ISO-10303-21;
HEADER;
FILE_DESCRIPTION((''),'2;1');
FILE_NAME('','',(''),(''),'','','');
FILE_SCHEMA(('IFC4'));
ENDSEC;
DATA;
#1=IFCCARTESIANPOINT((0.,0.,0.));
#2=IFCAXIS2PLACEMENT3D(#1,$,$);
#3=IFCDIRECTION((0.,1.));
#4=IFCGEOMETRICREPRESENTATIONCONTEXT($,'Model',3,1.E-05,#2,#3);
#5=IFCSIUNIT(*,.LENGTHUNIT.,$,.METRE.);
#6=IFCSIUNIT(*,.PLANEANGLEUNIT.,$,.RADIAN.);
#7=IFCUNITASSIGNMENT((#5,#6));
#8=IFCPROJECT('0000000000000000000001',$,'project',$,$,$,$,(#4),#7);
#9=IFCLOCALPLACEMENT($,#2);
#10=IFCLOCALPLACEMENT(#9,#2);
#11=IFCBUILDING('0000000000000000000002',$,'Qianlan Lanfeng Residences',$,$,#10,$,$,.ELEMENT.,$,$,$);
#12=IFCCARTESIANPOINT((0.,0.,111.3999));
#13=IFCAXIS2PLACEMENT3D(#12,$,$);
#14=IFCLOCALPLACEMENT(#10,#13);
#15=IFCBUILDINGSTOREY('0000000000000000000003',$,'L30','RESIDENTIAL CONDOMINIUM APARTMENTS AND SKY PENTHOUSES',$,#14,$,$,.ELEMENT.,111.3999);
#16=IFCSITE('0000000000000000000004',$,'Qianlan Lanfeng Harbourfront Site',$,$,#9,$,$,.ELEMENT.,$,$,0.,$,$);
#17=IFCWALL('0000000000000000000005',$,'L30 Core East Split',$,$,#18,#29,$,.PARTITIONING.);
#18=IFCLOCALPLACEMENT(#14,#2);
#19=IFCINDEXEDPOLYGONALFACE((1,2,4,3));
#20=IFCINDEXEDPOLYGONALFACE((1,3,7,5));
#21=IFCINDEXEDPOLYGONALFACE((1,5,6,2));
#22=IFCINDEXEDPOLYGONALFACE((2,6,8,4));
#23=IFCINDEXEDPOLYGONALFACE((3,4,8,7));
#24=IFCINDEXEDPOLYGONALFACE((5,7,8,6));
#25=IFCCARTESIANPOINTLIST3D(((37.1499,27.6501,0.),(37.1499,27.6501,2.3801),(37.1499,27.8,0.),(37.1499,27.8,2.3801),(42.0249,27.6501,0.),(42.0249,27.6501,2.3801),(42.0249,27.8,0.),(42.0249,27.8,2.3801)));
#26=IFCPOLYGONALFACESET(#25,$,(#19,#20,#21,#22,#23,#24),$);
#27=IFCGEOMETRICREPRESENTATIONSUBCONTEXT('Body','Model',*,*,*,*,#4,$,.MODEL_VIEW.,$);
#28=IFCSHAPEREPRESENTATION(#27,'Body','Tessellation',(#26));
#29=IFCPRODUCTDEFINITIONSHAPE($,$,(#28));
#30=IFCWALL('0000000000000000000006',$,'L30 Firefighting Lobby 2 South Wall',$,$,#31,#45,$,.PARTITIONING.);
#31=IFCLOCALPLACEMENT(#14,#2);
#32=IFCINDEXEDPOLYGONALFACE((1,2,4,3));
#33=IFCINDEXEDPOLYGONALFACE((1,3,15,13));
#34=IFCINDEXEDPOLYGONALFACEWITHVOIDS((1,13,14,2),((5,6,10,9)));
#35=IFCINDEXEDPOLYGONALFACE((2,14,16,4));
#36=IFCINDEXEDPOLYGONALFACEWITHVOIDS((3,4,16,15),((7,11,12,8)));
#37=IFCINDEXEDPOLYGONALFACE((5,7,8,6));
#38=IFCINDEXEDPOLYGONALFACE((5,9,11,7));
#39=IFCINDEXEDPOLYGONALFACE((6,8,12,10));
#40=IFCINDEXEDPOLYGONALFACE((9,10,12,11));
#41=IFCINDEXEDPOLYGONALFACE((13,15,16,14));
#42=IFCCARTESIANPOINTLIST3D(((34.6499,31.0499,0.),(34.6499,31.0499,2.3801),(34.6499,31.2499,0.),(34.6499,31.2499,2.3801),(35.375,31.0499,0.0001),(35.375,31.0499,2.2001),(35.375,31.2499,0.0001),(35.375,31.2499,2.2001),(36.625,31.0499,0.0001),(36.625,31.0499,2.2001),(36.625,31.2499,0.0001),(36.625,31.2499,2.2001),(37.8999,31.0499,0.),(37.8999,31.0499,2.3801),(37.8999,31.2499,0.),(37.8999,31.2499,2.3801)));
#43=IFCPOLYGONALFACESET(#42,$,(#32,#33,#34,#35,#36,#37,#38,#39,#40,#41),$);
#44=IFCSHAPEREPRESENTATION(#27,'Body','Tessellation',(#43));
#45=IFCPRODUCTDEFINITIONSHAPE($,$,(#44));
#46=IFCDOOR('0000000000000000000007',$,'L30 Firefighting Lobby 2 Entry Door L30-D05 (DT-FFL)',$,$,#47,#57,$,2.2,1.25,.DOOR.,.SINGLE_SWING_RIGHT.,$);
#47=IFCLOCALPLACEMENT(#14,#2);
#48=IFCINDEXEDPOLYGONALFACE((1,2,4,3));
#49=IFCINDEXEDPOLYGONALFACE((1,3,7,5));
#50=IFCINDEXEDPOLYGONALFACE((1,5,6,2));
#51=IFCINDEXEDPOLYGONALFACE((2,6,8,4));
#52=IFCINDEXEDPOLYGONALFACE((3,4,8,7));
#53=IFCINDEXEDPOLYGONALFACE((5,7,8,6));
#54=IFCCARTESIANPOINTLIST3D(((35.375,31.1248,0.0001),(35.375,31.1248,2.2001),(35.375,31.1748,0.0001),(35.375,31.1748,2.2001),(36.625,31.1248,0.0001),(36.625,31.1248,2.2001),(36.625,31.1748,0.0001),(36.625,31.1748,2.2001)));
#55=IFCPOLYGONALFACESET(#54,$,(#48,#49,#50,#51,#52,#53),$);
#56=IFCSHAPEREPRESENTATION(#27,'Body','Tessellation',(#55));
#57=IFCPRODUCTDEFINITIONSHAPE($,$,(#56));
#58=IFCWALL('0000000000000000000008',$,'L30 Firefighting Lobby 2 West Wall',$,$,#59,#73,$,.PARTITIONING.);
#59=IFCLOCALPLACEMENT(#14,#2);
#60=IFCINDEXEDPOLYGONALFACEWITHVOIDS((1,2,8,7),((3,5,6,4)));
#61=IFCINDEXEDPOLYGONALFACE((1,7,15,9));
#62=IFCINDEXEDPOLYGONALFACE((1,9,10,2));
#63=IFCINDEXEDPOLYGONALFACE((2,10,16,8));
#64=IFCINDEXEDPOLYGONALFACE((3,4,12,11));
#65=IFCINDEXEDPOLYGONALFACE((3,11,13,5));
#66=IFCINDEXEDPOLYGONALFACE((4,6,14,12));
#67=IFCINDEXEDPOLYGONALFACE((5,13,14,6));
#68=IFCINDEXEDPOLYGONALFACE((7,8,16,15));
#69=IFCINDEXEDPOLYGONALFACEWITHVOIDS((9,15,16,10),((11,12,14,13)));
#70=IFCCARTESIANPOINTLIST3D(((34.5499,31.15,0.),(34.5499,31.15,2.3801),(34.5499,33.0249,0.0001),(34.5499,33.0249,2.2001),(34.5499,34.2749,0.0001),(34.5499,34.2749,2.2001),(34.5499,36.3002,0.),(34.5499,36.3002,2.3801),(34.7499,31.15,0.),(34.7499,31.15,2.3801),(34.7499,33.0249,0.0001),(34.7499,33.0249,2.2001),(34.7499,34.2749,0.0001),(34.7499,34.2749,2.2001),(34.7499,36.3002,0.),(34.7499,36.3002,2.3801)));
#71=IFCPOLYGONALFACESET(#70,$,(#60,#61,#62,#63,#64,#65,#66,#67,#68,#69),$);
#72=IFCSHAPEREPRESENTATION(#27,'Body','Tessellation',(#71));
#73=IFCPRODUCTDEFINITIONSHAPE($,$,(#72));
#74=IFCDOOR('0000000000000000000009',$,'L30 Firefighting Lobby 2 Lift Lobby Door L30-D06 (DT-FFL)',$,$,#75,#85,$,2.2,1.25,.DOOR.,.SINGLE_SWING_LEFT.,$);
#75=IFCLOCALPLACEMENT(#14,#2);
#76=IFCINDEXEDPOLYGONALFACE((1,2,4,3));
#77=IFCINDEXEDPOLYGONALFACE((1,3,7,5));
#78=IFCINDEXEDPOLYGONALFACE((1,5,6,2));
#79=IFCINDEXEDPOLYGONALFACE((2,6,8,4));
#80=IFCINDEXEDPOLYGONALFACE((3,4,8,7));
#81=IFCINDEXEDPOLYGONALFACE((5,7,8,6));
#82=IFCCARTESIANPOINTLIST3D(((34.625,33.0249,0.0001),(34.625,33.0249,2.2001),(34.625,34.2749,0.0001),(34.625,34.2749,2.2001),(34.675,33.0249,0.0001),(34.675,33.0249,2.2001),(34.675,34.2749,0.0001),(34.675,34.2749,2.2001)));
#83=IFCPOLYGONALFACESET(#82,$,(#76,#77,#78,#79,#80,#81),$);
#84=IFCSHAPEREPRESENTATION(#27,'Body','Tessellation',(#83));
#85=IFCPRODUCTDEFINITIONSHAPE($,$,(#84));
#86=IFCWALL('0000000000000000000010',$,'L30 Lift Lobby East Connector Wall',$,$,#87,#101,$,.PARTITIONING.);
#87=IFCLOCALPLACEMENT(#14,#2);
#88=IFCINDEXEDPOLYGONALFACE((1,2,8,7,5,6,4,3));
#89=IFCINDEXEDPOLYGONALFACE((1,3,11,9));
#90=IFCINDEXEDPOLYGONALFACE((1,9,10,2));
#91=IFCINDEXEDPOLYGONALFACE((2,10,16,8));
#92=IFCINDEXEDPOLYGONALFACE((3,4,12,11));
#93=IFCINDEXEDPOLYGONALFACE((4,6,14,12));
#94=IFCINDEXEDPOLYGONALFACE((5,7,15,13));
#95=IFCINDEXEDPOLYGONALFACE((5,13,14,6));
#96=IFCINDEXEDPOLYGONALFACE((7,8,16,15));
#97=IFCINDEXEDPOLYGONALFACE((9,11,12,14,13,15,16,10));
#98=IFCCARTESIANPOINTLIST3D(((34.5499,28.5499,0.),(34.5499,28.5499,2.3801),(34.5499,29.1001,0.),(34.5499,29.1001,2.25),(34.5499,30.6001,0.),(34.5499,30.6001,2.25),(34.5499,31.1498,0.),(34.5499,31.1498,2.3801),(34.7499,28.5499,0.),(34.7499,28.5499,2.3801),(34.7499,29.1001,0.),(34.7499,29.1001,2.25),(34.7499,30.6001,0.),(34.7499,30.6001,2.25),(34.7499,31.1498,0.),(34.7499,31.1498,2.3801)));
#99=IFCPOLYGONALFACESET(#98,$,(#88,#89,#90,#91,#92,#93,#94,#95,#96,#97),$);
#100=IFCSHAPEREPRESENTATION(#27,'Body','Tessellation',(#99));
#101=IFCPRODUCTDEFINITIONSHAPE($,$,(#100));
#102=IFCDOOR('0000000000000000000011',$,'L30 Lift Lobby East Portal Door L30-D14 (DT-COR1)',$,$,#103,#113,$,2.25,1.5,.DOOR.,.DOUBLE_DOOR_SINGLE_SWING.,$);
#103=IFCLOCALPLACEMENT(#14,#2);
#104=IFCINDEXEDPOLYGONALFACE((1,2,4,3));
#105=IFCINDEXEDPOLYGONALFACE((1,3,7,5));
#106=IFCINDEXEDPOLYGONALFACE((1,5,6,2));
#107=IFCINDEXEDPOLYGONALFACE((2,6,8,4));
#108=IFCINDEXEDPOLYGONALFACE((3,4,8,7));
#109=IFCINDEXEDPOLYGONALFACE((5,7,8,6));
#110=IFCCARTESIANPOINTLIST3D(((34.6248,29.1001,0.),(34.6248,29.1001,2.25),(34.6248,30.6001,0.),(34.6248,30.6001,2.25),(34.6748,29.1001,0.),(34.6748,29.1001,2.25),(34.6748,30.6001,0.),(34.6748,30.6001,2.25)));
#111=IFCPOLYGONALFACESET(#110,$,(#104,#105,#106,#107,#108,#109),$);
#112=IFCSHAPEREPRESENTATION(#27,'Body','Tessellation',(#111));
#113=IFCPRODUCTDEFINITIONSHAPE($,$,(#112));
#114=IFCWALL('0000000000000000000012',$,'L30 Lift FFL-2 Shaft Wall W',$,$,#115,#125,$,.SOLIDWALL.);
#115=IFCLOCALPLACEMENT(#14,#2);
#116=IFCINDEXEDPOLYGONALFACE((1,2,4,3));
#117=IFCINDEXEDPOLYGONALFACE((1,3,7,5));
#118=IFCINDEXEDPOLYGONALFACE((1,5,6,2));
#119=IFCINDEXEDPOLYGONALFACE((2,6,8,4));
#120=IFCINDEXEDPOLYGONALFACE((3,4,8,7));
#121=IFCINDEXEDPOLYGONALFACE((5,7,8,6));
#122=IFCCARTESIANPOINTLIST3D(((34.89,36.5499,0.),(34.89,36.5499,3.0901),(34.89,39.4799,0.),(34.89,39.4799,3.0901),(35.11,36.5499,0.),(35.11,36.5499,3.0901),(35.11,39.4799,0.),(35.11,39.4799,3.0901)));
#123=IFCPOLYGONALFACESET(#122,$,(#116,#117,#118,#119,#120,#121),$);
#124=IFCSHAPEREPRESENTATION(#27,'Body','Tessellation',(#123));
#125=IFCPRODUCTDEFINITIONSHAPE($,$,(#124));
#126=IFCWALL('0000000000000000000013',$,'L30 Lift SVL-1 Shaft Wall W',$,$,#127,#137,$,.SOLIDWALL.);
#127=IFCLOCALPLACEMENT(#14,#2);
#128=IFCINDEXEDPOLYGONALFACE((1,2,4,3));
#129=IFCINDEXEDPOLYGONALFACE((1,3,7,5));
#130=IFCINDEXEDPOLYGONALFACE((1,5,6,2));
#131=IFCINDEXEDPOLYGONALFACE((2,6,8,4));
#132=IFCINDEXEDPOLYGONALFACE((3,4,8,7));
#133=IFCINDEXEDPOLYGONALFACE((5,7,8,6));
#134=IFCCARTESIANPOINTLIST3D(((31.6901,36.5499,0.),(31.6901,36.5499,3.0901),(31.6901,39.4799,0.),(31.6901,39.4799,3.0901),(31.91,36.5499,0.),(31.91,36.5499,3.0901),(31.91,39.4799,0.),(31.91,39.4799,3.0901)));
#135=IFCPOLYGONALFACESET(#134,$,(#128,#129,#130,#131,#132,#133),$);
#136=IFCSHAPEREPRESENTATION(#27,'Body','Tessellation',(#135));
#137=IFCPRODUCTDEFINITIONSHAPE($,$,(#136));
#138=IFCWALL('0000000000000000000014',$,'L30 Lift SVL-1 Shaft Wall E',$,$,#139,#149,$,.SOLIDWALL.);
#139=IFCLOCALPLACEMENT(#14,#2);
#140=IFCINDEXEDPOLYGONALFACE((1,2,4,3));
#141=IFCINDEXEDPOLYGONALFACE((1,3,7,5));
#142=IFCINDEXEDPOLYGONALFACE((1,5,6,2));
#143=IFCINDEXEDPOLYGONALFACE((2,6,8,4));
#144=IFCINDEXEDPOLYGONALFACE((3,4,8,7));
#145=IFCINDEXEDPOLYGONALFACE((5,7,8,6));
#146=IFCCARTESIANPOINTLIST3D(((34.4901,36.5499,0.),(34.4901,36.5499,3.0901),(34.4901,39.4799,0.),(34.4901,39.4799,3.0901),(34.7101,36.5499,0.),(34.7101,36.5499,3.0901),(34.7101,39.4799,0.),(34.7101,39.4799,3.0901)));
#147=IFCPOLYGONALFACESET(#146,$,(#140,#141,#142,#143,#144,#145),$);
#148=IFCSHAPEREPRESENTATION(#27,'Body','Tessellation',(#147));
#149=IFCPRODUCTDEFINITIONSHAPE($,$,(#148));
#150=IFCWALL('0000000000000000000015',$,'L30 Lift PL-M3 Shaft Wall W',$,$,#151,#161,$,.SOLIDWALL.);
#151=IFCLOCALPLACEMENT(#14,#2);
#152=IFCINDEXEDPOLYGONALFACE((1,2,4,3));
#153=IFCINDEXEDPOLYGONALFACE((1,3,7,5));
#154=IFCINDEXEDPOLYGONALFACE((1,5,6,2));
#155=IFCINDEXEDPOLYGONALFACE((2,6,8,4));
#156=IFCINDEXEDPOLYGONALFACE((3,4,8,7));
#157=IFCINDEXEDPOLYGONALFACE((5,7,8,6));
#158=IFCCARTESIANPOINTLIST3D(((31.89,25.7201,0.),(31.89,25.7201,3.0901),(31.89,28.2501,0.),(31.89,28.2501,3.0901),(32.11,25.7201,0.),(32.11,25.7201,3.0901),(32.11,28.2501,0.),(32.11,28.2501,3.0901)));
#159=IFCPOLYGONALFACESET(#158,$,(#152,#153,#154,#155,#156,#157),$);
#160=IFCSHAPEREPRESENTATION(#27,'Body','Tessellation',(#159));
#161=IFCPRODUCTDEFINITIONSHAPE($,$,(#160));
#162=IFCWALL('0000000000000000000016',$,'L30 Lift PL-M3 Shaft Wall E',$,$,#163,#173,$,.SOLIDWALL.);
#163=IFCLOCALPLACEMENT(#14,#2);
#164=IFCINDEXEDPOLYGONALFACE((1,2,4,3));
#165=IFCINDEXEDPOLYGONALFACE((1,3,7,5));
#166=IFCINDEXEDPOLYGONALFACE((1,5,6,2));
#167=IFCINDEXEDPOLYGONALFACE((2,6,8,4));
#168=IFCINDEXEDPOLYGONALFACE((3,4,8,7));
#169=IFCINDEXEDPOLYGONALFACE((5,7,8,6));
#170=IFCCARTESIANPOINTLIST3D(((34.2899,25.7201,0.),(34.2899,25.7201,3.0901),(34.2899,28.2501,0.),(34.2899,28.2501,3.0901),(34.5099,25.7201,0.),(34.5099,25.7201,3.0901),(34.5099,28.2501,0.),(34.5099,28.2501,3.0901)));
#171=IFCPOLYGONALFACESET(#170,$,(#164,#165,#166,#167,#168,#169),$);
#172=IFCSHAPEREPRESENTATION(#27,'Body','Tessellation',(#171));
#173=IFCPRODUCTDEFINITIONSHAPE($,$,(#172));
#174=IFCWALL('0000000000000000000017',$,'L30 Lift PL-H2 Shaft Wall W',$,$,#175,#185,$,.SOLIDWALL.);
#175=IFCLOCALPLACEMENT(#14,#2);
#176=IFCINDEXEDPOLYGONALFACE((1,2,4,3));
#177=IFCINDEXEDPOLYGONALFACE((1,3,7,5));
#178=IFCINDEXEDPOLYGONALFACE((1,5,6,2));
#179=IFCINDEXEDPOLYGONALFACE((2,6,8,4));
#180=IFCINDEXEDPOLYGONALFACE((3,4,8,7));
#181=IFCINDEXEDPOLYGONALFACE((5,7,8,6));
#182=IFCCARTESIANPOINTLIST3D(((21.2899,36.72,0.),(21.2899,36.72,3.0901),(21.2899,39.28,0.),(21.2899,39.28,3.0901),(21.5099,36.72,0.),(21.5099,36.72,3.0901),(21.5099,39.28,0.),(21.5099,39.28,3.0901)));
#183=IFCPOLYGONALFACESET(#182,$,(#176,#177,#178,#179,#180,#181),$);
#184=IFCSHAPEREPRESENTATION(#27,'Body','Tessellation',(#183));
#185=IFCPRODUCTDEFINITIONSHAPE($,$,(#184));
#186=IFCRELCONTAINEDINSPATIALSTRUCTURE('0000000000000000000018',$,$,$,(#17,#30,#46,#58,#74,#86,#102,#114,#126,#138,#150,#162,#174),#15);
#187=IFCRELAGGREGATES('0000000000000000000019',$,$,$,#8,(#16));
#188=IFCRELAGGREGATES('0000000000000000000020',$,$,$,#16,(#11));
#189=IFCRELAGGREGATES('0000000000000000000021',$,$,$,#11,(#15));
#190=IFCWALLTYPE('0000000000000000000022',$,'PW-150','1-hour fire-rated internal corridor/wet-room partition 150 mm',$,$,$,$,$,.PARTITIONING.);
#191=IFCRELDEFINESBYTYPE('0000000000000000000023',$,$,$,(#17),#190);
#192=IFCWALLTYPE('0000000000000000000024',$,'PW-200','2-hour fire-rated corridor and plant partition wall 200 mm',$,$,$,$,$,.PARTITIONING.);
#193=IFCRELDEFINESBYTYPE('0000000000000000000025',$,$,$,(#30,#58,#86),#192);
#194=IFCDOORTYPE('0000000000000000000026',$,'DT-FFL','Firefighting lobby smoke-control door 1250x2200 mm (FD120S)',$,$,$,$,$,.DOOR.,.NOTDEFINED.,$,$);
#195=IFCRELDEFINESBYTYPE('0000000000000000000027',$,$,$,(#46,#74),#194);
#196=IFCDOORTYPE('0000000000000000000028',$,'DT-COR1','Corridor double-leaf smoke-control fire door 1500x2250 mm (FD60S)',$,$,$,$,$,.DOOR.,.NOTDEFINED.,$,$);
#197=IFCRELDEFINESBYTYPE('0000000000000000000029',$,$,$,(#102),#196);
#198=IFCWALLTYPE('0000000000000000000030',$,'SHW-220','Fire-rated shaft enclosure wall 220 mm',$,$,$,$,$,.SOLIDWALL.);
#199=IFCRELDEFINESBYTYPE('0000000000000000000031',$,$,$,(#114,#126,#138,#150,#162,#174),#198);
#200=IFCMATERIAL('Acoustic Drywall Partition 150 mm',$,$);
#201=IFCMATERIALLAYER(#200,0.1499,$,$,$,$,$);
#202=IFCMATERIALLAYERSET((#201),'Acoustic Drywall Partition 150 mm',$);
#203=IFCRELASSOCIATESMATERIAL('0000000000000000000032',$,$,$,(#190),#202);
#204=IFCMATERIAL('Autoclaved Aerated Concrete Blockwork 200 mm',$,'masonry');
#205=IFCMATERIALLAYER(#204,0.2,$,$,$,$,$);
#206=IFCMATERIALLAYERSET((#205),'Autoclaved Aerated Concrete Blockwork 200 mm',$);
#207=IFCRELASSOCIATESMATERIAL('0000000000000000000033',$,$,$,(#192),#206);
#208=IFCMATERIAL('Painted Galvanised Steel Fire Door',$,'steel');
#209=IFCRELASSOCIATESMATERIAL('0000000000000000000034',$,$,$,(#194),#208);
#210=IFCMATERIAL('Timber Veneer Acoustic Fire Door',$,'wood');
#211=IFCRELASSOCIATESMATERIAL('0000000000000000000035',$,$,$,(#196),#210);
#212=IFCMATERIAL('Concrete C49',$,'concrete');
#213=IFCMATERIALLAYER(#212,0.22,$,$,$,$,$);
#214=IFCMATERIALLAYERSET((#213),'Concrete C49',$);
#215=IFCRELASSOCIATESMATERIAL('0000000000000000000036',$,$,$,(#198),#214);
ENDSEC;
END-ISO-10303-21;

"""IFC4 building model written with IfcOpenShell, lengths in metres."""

from ifc_helpers import new_model, si_unit, direction, frame, frame_2d, origin, place, context, subcontext, project, spatial, rectangle, extrude, material, layer, layer_set, type_object, element, fill, save


model = new_model("IFC4")

# Units and contexts
model_context = context("Model", 3, precision=1e-05, world=origin(), true_north=direction((0.0, 1.0)))
body_context = subcontext(model_context, "Body", "Model", "MODEL_VIEW")
ifc_project = project(units=[si_unit("LENGTHUNIT", "METRE"), si_unit("PLANEANGLEUNIT", "RADIAN")], contexts=[model_context])

# Site, building, storey
site_placement = place(None, origin())
site = spatial("IfcSite", under=ifc_project, at=site_placement, Name="Qianlan Lanfeng Harbourfront Site", CompositionType="ELEMENT", RefElevation=0.0)
building_placement = place(site_placement, origin())
building = spatial("IfcBuilding", under=site, at=building_placement, Name="Qianlan Lanfeng Residences", CompositionType="ELEMENT")
storey_placement = place(building_placement, frame((0.0, 0.0, 111.3999)))
storey = spatial("IfcBuildingStorey", under=building, at=storey_placement, Name="L30", Description="RESIDENTIAL CONDOMINIUM APARTMENTS AND SKY PENTHOUSES", CompositionType="ELEMENT", Elevation=111.3999)

# Wall
ifc_material_1 = material(Name="Acoustic Drywall Partition 150 mm")
ifc_layer_1 = layer(ifc_material_1, 0.1499)
ifc_layer_set_1 = layer_set([ifc_layer_1], Name="Acoustic Drywall Partition 150 mm")
wall_type_1 = type_object("IfcWallType", Name="PW-150", Description="1-hour fire-rated internal corridor/wet-room partition 150 mm", PredefinedType="PARTITIONING", material=ifc_layer_set_1)
wall_1_placement = place(storey_placement, frame((37.1499, 27.7251, 0.0), z_axis=(0.0, 0.0, 1.0), x_axis=(1.0, 0.0, 0.0)))
element("IfcWall", 1, at=wall_1_placement, inside=storey, type_object=wall_type_1, Name="L30 Core East Split", PredefinedType="PARTITIONING", context=body_context, shape_type="SweptSolid", body=[
    extrude(rectangle(XDim=4.875, YDim=0.1499, at=frame_2d((2.4375, 0.0))), origin(), (0.0, 0.0, 1.0), 2.3801),
])

# Walls, openings, doors
ifc_material_2 = material(Name="Autoclaved Aerated Concrete Blockwork 200 mm", Category="masonry")
ifc_layer_2 = layer(ifc_material_2, 0.2)
ifc_layer_set_2 = layer_set([ifc_layer_2], Name="Autoclaved Aerated Concrete Blockwork 200 mm")
wall_type_2 = type_object("IfcWallType", Name="PW-200", Description="2-hour fire-rated corridor and plant partition wall 200 mm", PredefinedType="PARTITIONING", material=ifc_layer_set_2)
wall_2_placement = place(storey_placement, frame((34.6499, 31.1499, 0.0), z_axis=(0.0, 0.0, 1.0), x_axis=(1.0, 0.0, 0.0)))
wall_2 = element("IfcWall", 2, at=wall_2_placement, inside=storey, type_object=wall_type_2, Name="L30 Firefighting Lobby 2 South Wall", PredefinedType="PARTITIONING", context=body_context, shape_type="SweptSolid", body=[
    extrude(rectangle(XDim=3.25, YDim=0.2, at=frame_2d((1.625, 0.0))), origin(), (0.0, 0.0, 1.0), 2.3801),
])
opening_1_placement = place(wall_2_placement, frame((0.7251, 0.0, 0.0)))
opening_1 = element("IfcOpeningElement", 3, at=opening_1_placement, cuts=wall_2, PredefinedType="OPENING", context=body_context, shape_type="SweptSolid", body=[
    extrude(rectangle(XDim=1.25, YDim=2.2, at=frame_2d((0.625, 1.1001))), frame((0.0, 0.1099, 0.0), z_axis=(0.0, -1.0, 0.0), x_axis=(1.0, 0.0, 0.0)), (0.0, 0.0, 1.0), 0.22),
])
ifc_material_3 = material(Name="Painted Galvanised Steel Fire Door", Category="steel")
door_type_1 = type_object("IfcDoorType", Name="DT-FFL", Description="Firefighting lobby smoke-control door 1250x2200 mm (FD120S)", OperationType="NOTDEFINED", PredefinedType="DOOR", material=ifc_material_3)
door_1_placement = place(opening_1_placement, origin())
door_1 = element("IfcDoor", 4, at=door_1_placement, inside=storey, type_object=door_type_1, Name="L30 Firefighting Lobby 2 Entry Door L30-D05 (DT-FFL)", OperationType="SINGLE_SWING_RIGHT", OverallHeight=2.2, OverallWidth=1.25, PredefinedType="DOOR", context=body_context, shape_type="SweptSolid", body=[
    extrude(rectangle(XDim=1.25, YDim=2.2, at=frame_2d((0.625, 1.1001))), frame((0.0, 0.0249, 0.0), z_axis=(0.0, -1.0, 0.0), x_axis=(1.0, 0.0, 0.0)), (0.0, 0.0, 1.0), 0.05),
])
fill(opening_1, door_1)
wall_3_placement = place(storey_placement, frame((34.6499, 31.1499, 0.0), z_axis=(0.0, 0.0, 1.0), x_axis=(0.0, 1.0, 0.0)))
wall_3 = element("IfcWall", 5, at=wall_3_placement, inside=storey, type_object=wall_type_2, Name="L30 Firefighting Lobby 2 West Wall", PredefinedType="PARTITIONING", context=body_context, shape_type="SweptSolid", body=[
    extrude(rectangle(XDim=5.1501, YDim=0.2, at=frame_2d((2.5752, 0.0))), origin(), (0.0, 0.0, 1.0), 2.3801),
])
opening_2_placement = place(wall_3_placement, frame((1.875, 0.0, 0.0)))
opening_2 = element("IfcOpeningElement", 6, at=opening_2_placement, cuts=wall_3, PredefinedType="OPENING", context=body_context, shape_type="SweptSolid", body=[
    extrude(rectangle(XDim=1.25, YDim=2.2, at=frame_2d((0.625, 1.1001))), frame((0.0, 0.1099, 0.0), z_axis=(0.0, -1.0, 0.0), x_axis=(1.0, 0.0, 0.0)), (0.0, 0.0, 1.0), 0.22),
])
door_2_placement = place(opening_2_placement, origin())
door_2 = element("IfcDoor", 7, at=door_2_placement, inside=storey, type_object=door_type_1, Name="L30 Firefighting Lobby 2 Lift Lobby Door L30-D06 (DT-FFL)", OperationType="SINGLE_SWING_LEFT", OverallHeight=2.2, OverallWidth=1.25, PredefinedType="DOOR", context=body_context, shape_type="SweptSolid", body=[
    extrude(rectangle(XDim=1.25, YDim=2.2, at=frame_2d((0.625, 1.1001))), frame((0.0, 0.0249, 0.0), z_axis=(0.0, -1.0, 0.0), x_axis=(1.0, 0.0, 0.0)), (0.0, 0.0, 1.0), 0.05),
])
fill(opening_2, door_2)
wall_4_placement = place(storey_placement, frame((34.6499, 28.55, 0.0), z_axis=(0.0, 0.0, 1.0), x_axis=(0.0, 1.0, 0.0)))
wall_4 = element("IfcWall", 8, at=wall_4_placement, inside=storey, type_object=wall_type_2, Name="L30 Lift Lobby East Connector Wall", PredefinedType="PARTITIONING", context=body_context, shape_type="SweptSolid", body=[
    extrude(rectangle(XDim=2.5999, YDim=0.2, at=frame_2d((1.2998, 0.0))), origin(), (0.0, 0.0, 1.0), 2.3801),
])
opening_3_placement = place(wall_4_placement, frame((0.55, 0.0, 0.0)))
opening_3 = element("IfcOpeningElement", 9, at=opening_3_placement, cuts=wall_4, PredefinedType="OPENING", context=body_context, shape_type="SweptSolid", body=[
    extrude(rectangle(XDim=1.5, YDim=2.25, at=frame_2d((0.75, 1.125))), frame((0.0, 0.1099, 0.0), z_axis=(0.0, -1.0, 0.0), x_axis=(1.0, 0.0, 0.0)), (0.0, 0.0, 1.0), 0.22),
])
ifc_material_4 = material(Name="Timber Veneer Acoustic Fire Door", Category="wood")
door_type_2 = type_object("IfcDoorType", Name="DT-COR1", Description="Corridor double-leaf smoke-control fire door 1500x2250 mm (FD60S)", OperationType="NOTDEFINED", PredefinedType="DOOR", material=ifc_material_4)
door_3_placement = place(opening_3_placement, frame((1.5, 0.0, 0.0), z_axis=(0.0, 0.0, 1.0), x_axis=(-1.0, 0.0, 0.0)))
door_3 = element("IfcDoor", 10, at=door_3_placement, inside=storey, type_object=door_type_2, Name="L30 Lift Lobby East Portal Door L30-D14 (DT-COR1)", OperationType="DOUBLE_DOOR_SINGLE_SWING", OverallHeight=2.25, OverallWidth=1.5, PredefinedType="DOOR", context=body_context, shape_type="SweptSolid", body=[
    extrude(rectangle(XDim=1.5, YDim=2.25, at=frame_2d((0.75, 1.125))), frame((0.0, 0.0249, 0.0), z_axis=(0.0, -1.0, 0.0), x_axis=(1.0, 0.0, 0.0)), (0.0, 0.0, 1.0), 0.05),
])
fill(opening_3, door_3)

# Walls
ifc_material_5 = material(Name="Concrete C49", Category="concrete")
ifc_layer_3 = layer(ifc_material_5, 0.22)
ifc_layer_set_3 = layer_set([ifc_layer_3], Name="Concrete C49")
wall_type_3 = type_object("IfcWallType", Name="SHW-220", Description="Fire-rated shaft enclosure wall 220 mm", PredefinedType="SOLIDWALL", material=ifc_layer_set_3)
for number, where, z_axis, x_axis, name in (
    (11, (35.0, 36.55, 0.0), (0.0, 0.0, 1.0), (0.0, 1.0, 0.0), "L30 Lift FFL-2 Shaft Wall W"),
    (12, (31.8, 36.55, 0.0), (0.0, 0.0, 1.0), (0.0, 1.0, 0.0), "L30 Lift SVL-1 Shaft Wall W"),
    (13, (34.6001, 36.55, 0.0), (0.0, 0.0, 1.0), (0.0, 1.0, 0.0), "L30 Lift SVL-1 Shaft Wall E"),
):
    element("IfcWall", number, at=place(storey_placement, frame(where, z_axis=z_axis, x_axis=x_axis)), inside=storey, type_object=wall_type_3, Name=name, PredefinedType="SOLIDWALL", context=body_context, shape_type="SweptSolid", body=[
        extrude(rectangle(XDim=2.9299, YDim=0.22, at=frame_2d((1.4648, 0.0))), origin(), (0.0, 0.0, 1.0), 3.0901),
    ])
for number, where, z_axis, x_axis, name in (
    (14, (32.0, 25.72, 0.0), (0.0, 0.0, 1.0), (0.0, 1.0, 0.0), "L30 Lift PL-M3 Shaft Wall W"),
    (15, (34.3999, 25.72, 0.0), (0.0, 0.0, 1.0), (0.0, 1.0, 0.0), "L30 Lift PL-M3 Shaft Wall E"),
):
    element("IfcWall", number, at=place(storey_placement, frame(where, z_axis=z_axis, x_axis=x_axis)), inside=storey, type_object=wall_type_3, Name=name, PredefinedType="SOLIDWALL", context=body_context, shape_type="SweptSolid", body=[
        extrude(rectangle(XDim=2.53, YDim=0.22, at=frame_2d((1.2651, 0.0))), origin(), (0.0, 0.0, 1.0), 3.0901),
    ])
for number, where, z_axis, x_axis, name in (
    (16, (21.3999, 36.72, 0.0), (0.0, 0.0, 1.0), (0.0, 1.0, 0.0), "L30 Lift PL-H2 Shaft Wall W"),
):
    element("IfcWall", number, at=place(storey_placement, frame(where, z_axis=z_axis, x_axis=x_axis)), inside=storey, type_object=wall_type_3, Name=name, PredefinedType="SOLIDWALL", context=body_context, shape_type="SweptSolid", body=[
        extrude(rectangle(XDim=2.5601, YDim=0.22, at=frame_2d((1.28, 0.0))), origin(), (0.0, 0.0, 1.0), 3.0901),
    ])

save(model, "model.ifc")
